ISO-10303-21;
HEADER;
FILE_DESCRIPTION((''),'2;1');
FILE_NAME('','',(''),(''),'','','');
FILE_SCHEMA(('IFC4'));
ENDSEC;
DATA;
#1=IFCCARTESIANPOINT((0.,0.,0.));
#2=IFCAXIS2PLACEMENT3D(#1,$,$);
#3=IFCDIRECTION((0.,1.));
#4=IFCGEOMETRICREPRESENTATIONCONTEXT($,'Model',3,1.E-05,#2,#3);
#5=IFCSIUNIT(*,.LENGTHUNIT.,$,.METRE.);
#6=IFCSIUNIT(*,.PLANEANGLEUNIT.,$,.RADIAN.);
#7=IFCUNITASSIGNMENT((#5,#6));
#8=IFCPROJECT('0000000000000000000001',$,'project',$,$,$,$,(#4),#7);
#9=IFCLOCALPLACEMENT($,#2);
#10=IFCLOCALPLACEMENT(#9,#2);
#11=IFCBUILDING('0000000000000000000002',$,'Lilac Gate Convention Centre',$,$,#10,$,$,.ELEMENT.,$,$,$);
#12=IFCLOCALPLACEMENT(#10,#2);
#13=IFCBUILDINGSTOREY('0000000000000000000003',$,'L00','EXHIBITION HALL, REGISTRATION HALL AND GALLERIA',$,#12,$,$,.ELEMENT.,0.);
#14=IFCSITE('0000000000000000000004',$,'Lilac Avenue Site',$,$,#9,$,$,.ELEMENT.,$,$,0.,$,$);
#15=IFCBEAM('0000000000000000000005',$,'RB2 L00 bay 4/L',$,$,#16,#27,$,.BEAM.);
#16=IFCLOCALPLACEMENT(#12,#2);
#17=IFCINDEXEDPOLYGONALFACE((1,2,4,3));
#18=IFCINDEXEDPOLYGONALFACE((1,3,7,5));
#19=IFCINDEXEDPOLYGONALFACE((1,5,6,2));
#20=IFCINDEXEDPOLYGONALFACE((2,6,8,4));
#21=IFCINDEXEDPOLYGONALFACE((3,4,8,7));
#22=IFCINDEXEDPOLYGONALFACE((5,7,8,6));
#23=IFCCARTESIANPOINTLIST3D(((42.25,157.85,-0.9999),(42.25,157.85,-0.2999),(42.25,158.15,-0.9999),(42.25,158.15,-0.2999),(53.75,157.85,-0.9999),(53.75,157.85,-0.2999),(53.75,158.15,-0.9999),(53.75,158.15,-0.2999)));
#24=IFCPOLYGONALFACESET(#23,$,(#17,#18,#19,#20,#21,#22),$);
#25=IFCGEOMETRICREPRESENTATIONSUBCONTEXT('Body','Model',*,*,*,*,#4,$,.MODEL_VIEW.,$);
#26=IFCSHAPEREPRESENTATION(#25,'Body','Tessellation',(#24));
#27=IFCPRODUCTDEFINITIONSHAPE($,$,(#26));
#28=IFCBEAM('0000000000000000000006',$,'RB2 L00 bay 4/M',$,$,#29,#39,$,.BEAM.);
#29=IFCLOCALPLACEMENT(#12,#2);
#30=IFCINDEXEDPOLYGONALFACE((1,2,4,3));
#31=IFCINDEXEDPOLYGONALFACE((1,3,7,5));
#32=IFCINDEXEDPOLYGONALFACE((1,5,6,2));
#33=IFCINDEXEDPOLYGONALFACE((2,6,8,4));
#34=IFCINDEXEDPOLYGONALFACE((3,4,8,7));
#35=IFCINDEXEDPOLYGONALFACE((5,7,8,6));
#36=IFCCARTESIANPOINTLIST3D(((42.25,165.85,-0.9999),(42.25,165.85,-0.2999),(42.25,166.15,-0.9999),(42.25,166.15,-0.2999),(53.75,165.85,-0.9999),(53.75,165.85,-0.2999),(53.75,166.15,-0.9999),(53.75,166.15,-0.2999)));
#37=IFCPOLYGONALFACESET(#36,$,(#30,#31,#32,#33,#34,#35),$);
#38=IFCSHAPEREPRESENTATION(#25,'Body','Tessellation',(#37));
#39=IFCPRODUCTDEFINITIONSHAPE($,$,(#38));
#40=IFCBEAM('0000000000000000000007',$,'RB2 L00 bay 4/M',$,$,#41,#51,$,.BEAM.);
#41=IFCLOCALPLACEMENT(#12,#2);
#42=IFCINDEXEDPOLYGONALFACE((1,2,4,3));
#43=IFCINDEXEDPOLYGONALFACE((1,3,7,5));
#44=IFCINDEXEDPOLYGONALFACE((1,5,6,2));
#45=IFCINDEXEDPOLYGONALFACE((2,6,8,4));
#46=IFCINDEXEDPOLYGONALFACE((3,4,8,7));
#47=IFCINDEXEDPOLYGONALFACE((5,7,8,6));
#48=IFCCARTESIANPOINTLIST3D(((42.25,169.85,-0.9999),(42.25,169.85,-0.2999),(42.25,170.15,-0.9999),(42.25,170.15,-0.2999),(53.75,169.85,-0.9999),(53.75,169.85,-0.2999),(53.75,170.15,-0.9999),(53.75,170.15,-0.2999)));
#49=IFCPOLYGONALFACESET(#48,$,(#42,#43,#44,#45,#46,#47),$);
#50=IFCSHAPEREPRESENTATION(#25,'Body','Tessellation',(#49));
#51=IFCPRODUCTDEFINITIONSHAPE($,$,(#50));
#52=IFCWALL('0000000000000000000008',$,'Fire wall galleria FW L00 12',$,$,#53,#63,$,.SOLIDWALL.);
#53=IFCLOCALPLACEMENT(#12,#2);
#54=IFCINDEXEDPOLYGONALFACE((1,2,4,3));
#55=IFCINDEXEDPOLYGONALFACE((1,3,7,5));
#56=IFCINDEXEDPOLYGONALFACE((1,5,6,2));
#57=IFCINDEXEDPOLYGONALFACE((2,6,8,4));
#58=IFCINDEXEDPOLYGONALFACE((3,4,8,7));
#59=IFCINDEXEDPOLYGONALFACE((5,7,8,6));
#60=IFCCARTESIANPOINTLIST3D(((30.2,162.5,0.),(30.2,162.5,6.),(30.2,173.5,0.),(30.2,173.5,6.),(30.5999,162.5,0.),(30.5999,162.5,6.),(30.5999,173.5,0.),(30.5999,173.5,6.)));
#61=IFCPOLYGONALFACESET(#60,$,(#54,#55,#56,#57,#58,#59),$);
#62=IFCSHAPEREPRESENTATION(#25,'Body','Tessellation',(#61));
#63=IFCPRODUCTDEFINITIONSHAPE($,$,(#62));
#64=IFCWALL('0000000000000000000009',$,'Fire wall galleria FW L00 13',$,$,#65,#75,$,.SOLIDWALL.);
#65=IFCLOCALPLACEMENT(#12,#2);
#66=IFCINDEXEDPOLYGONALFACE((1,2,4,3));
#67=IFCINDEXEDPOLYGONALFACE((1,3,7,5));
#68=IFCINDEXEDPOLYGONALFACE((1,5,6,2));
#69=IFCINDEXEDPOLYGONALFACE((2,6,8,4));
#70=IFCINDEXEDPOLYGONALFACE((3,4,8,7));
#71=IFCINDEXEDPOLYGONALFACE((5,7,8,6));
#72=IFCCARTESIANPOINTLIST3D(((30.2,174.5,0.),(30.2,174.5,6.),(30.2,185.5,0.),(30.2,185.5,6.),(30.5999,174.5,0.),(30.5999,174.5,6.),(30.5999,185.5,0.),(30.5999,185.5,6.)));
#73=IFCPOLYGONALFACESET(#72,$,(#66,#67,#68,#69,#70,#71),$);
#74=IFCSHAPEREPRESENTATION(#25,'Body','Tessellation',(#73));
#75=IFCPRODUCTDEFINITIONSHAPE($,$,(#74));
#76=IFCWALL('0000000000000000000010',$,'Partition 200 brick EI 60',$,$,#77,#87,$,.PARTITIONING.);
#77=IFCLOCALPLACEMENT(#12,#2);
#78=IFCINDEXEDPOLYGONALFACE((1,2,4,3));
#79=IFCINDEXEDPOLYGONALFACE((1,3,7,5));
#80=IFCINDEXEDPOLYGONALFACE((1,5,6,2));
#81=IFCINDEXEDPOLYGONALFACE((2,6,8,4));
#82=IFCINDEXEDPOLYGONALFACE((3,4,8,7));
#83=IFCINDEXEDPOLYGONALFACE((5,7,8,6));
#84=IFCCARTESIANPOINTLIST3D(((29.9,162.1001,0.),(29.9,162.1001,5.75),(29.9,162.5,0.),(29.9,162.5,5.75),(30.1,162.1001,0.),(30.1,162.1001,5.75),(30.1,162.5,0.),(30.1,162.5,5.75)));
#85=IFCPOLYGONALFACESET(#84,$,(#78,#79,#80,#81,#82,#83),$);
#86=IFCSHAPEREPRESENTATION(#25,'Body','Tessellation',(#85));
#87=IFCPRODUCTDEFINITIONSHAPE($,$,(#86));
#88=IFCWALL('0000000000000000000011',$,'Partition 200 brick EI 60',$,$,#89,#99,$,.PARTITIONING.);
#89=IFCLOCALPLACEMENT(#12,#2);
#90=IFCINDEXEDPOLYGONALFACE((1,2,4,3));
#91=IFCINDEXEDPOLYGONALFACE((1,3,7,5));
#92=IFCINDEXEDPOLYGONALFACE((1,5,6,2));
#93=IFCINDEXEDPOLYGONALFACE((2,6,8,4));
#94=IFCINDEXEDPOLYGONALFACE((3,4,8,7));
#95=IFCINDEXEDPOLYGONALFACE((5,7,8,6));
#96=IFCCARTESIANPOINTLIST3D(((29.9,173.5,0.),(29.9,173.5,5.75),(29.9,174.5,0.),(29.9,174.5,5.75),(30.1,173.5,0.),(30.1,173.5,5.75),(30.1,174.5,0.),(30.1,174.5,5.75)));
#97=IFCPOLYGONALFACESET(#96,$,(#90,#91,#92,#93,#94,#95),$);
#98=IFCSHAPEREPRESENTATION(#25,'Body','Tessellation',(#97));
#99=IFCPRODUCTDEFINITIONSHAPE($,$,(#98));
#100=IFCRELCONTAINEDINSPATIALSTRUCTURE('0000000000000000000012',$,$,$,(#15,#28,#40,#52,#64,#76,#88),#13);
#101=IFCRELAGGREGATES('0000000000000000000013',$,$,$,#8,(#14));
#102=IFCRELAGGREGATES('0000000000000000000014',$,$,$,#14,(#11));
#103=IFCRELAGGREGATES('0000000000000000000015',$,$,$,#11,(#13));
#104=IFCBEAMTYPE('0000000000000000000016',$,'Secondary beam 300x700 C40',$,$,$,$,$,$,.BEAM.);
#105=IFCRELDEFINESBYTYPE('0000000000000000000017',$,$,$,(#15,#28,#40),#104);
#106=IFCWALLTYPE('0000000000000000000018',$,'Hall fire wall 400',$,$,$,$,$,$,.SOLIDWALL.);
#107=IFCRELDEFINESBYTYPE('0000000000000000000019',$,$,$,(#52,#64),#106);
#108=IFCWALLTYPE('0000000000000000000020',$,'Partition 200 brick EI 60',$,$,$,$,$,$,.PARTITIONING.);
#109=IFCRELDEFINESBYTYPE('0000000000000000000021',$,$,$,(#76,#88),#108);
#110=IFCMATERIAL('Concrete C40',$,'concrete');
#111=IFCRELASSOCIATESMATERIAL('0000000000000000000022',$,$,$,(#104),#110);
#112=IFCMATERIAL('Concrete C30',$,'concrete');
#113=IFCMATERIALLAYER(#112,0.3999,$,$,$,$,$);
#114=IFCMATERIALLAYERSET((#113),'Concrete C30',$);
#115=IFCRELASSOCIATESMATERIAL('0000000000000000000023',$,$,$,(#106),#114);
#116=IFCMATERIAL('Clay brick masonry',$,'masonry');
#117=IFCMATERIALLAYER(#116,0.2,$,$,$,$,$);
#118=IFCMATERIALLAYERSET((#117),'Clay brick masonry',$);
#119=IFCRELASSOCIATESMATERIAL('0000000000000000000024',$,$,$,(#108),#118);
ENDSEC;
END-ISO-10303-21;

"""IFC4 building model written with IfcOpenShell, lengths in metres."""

from ifc_helpers import new_model, si_unit, direction, frame, frame_2d, origin, origin_2d, place, context, subcontext, project, spatial, rectangle, extrude, material, layer, layer_set, material_profile, profile_set, type_object, element, save


model = new_model("IFC4")

# Units and contexts
model_context = context("Model", 3, precision=1e-05, world=origin(), true_north=direction((0.0, 1.0)))
body_context = subcontext(model_context, "Body", "Model", "MODEL_VIEW")
ifc_project = project(units=[si_unit("LENGTHUNIT", "METRE"), si_unit("PLANEANGLEUNIT", "RADIAN")], contexts=[model_context])

# Site, building, storey
site_placement = place(None, origin())
site = spatial("IfcSite", under=ifc_project, at=site_placement, Name="Lilac Avenue Site", CompositionType="ELEMENT", RefElevation=0.0)
building_placement = place(site_placement, origin())
building = spatial("IfcBuilding", under=site, at=building_placement, Name="Lilac Gate Convention Centre", CompositionType="ELEMENT")
storey_placement = place(building_placement, origin())
storey = spatial("IfcBuildingStorey", under=building, at=storey_placement, Name="L00", Description="EXHIBITION HALL, REGISTRATION HALL AND GALLERIA", CompositionType="ELEMENT", Elevation=0.0)

# Shared definitions
ifc_material_1 = material(Name="Concrete C40", Category="concrete")

# Beams
ifc_material_profile_1 = material_profile(ifc_material_1, rectangle(XDim=0.3, YDim=0.7, at=origin_2d()), Name="RC 300x700")
ifc_profile_set_1 = profile_set([ifc_material_profile_1], Name="Concrete C40")
beam_type_1 = type_object("IfcBeamType", Name="Secondary beam 300x700 C40", PredefinedType="BEAM", material=ifc_profile_set_1)
for number, where, z_axis, x_axis, name in (
    (1, (42.25, 158.0, -0.6499), (1.0, 0.0, 0.0), (0.0, 1.0, 0.0), "RB2 L00 bay 4/L"),
    (2, (42.25, 166.0, -0.6499), (1.0, 0.0, 0.0), (0.0, 1.0, 0.0), "RB2 L00 bay 4/M"),
    (3, (42.25, 170.0, -0.6499), (1.0, 0.0, 0.0), (0.0, 1.0, 0.0), "RB2 L00 bay 4/M"),
):
    element("IfcBeam", number, at=place(storey_placement, frame(where, z_axis=z_axis, x_axis=x_axis)), inside=storey, type_object=beam_type_1, Name=name, PredefinedType="BEAM", context=body_context, shape_type="SweptSolid", body=[
        extrude(rectangle(XDim=0.3, YDim=0.7, at=origin_2d()), origin(), (0.0, 0.0, 1.0), 11.5),
    ])

# Shared definitions
ifc_material_2 = material(Name="Concrete C30", Category="concrete")
ifc_layer_1 = layer(ifc_material_2, 0.3999)
ifc_layer_set_1 = layer_set([ifc_layer_1], Name="Concrete C30")
wall_type_1 = type_object("IfcWallType", Name="Hall fire wall 400", PredefinedType="SOLIDWALL", material=ifc_layer_set_1)

# Walls
for number, where, z_axis, x_axis, name in (
    (4, (30.3999, 162.5, 0.0), (0.0, 0.0, 1.0), (0.0, 1.0, 0.0), "Fire wall galleria FW L00 12"),
    (5, (30.3999, 174.5, 0.0), (0.0, 0.0, 1.0), (0.0, 1.0, 0.0), "Fire wall galleria FW L00 13"),
):
    element("IfcWall", number, at=place(storey_placement, frame(where, z_axis=z_axis, x_axis=x_axis)), inside=storey, type_object=wall_type_1, Name=name, PredefinedType="SOLIDWALL", context=body_context, shape_type="SweptSolid", body=[
        extrude(rectangle(XDim=11.0, YDim=0.3999, at=frame_2d((5.5, 0.0))), origin(), (0.0, 0.0, 1.0), 6.0),
    ])
ifc_material_3 = material(Name="Clay brick masonry", Category="masonry")
ifc_layer_2 = layer(ifc_material_3, 0.2)
ifc_layer_set_2 = layer_set([ifc_layer_2], Name="Clay brick masonry")
wall_type_2 = type_object("IfcWallType", Name="Partition 200 brick EI 60", PredefinedType="PARTITIONING", material=ifc_layer_set_2)
wall_1_placement = place(storey_placement, frame((30.0, 162.1001, 0.0), z_axis=(0.0, 0.0, 1.0), x_axis=(0.0, 1.0, 0.0)))
element("IfcWall", 6, at=wall_1_placement, inside=storey, type_object=wall_type_2, Name="Partition 200 brick EI 60", PredefinedType="PARTITIONING", context=body_context, shape_type="SweptSolid", body=[
    extrude(rectangle(XDim=0.3999, YDim=0.2, at=frame_2d((0.2, 0.0))), origin(), (0.0, 0.0, 1.0), 5.75),
])
wall_2_placement = place(storey_placement, frame((30.0, 173.5, 0.0), z_axis=(0.0, 0.0, 1.0), x_axis=(0.0, 1.0, 0.0)))
element("IfcWall", 7, at=wall_2_placement, inside=storey, type_object=wall_type_2, Name="Partition 200 brick EI 60", PredefinedType="PARTITIONING", context=body_context, shape_type="SweptSolid", body=[
    extrude(rectangle(XDim=1.0, YDim=0.2, at=frame_2d((0.5, 0.0))), origin(), (0.0, 0.0, 1.0), 5.75),
])

save(model, "model.ifc")
